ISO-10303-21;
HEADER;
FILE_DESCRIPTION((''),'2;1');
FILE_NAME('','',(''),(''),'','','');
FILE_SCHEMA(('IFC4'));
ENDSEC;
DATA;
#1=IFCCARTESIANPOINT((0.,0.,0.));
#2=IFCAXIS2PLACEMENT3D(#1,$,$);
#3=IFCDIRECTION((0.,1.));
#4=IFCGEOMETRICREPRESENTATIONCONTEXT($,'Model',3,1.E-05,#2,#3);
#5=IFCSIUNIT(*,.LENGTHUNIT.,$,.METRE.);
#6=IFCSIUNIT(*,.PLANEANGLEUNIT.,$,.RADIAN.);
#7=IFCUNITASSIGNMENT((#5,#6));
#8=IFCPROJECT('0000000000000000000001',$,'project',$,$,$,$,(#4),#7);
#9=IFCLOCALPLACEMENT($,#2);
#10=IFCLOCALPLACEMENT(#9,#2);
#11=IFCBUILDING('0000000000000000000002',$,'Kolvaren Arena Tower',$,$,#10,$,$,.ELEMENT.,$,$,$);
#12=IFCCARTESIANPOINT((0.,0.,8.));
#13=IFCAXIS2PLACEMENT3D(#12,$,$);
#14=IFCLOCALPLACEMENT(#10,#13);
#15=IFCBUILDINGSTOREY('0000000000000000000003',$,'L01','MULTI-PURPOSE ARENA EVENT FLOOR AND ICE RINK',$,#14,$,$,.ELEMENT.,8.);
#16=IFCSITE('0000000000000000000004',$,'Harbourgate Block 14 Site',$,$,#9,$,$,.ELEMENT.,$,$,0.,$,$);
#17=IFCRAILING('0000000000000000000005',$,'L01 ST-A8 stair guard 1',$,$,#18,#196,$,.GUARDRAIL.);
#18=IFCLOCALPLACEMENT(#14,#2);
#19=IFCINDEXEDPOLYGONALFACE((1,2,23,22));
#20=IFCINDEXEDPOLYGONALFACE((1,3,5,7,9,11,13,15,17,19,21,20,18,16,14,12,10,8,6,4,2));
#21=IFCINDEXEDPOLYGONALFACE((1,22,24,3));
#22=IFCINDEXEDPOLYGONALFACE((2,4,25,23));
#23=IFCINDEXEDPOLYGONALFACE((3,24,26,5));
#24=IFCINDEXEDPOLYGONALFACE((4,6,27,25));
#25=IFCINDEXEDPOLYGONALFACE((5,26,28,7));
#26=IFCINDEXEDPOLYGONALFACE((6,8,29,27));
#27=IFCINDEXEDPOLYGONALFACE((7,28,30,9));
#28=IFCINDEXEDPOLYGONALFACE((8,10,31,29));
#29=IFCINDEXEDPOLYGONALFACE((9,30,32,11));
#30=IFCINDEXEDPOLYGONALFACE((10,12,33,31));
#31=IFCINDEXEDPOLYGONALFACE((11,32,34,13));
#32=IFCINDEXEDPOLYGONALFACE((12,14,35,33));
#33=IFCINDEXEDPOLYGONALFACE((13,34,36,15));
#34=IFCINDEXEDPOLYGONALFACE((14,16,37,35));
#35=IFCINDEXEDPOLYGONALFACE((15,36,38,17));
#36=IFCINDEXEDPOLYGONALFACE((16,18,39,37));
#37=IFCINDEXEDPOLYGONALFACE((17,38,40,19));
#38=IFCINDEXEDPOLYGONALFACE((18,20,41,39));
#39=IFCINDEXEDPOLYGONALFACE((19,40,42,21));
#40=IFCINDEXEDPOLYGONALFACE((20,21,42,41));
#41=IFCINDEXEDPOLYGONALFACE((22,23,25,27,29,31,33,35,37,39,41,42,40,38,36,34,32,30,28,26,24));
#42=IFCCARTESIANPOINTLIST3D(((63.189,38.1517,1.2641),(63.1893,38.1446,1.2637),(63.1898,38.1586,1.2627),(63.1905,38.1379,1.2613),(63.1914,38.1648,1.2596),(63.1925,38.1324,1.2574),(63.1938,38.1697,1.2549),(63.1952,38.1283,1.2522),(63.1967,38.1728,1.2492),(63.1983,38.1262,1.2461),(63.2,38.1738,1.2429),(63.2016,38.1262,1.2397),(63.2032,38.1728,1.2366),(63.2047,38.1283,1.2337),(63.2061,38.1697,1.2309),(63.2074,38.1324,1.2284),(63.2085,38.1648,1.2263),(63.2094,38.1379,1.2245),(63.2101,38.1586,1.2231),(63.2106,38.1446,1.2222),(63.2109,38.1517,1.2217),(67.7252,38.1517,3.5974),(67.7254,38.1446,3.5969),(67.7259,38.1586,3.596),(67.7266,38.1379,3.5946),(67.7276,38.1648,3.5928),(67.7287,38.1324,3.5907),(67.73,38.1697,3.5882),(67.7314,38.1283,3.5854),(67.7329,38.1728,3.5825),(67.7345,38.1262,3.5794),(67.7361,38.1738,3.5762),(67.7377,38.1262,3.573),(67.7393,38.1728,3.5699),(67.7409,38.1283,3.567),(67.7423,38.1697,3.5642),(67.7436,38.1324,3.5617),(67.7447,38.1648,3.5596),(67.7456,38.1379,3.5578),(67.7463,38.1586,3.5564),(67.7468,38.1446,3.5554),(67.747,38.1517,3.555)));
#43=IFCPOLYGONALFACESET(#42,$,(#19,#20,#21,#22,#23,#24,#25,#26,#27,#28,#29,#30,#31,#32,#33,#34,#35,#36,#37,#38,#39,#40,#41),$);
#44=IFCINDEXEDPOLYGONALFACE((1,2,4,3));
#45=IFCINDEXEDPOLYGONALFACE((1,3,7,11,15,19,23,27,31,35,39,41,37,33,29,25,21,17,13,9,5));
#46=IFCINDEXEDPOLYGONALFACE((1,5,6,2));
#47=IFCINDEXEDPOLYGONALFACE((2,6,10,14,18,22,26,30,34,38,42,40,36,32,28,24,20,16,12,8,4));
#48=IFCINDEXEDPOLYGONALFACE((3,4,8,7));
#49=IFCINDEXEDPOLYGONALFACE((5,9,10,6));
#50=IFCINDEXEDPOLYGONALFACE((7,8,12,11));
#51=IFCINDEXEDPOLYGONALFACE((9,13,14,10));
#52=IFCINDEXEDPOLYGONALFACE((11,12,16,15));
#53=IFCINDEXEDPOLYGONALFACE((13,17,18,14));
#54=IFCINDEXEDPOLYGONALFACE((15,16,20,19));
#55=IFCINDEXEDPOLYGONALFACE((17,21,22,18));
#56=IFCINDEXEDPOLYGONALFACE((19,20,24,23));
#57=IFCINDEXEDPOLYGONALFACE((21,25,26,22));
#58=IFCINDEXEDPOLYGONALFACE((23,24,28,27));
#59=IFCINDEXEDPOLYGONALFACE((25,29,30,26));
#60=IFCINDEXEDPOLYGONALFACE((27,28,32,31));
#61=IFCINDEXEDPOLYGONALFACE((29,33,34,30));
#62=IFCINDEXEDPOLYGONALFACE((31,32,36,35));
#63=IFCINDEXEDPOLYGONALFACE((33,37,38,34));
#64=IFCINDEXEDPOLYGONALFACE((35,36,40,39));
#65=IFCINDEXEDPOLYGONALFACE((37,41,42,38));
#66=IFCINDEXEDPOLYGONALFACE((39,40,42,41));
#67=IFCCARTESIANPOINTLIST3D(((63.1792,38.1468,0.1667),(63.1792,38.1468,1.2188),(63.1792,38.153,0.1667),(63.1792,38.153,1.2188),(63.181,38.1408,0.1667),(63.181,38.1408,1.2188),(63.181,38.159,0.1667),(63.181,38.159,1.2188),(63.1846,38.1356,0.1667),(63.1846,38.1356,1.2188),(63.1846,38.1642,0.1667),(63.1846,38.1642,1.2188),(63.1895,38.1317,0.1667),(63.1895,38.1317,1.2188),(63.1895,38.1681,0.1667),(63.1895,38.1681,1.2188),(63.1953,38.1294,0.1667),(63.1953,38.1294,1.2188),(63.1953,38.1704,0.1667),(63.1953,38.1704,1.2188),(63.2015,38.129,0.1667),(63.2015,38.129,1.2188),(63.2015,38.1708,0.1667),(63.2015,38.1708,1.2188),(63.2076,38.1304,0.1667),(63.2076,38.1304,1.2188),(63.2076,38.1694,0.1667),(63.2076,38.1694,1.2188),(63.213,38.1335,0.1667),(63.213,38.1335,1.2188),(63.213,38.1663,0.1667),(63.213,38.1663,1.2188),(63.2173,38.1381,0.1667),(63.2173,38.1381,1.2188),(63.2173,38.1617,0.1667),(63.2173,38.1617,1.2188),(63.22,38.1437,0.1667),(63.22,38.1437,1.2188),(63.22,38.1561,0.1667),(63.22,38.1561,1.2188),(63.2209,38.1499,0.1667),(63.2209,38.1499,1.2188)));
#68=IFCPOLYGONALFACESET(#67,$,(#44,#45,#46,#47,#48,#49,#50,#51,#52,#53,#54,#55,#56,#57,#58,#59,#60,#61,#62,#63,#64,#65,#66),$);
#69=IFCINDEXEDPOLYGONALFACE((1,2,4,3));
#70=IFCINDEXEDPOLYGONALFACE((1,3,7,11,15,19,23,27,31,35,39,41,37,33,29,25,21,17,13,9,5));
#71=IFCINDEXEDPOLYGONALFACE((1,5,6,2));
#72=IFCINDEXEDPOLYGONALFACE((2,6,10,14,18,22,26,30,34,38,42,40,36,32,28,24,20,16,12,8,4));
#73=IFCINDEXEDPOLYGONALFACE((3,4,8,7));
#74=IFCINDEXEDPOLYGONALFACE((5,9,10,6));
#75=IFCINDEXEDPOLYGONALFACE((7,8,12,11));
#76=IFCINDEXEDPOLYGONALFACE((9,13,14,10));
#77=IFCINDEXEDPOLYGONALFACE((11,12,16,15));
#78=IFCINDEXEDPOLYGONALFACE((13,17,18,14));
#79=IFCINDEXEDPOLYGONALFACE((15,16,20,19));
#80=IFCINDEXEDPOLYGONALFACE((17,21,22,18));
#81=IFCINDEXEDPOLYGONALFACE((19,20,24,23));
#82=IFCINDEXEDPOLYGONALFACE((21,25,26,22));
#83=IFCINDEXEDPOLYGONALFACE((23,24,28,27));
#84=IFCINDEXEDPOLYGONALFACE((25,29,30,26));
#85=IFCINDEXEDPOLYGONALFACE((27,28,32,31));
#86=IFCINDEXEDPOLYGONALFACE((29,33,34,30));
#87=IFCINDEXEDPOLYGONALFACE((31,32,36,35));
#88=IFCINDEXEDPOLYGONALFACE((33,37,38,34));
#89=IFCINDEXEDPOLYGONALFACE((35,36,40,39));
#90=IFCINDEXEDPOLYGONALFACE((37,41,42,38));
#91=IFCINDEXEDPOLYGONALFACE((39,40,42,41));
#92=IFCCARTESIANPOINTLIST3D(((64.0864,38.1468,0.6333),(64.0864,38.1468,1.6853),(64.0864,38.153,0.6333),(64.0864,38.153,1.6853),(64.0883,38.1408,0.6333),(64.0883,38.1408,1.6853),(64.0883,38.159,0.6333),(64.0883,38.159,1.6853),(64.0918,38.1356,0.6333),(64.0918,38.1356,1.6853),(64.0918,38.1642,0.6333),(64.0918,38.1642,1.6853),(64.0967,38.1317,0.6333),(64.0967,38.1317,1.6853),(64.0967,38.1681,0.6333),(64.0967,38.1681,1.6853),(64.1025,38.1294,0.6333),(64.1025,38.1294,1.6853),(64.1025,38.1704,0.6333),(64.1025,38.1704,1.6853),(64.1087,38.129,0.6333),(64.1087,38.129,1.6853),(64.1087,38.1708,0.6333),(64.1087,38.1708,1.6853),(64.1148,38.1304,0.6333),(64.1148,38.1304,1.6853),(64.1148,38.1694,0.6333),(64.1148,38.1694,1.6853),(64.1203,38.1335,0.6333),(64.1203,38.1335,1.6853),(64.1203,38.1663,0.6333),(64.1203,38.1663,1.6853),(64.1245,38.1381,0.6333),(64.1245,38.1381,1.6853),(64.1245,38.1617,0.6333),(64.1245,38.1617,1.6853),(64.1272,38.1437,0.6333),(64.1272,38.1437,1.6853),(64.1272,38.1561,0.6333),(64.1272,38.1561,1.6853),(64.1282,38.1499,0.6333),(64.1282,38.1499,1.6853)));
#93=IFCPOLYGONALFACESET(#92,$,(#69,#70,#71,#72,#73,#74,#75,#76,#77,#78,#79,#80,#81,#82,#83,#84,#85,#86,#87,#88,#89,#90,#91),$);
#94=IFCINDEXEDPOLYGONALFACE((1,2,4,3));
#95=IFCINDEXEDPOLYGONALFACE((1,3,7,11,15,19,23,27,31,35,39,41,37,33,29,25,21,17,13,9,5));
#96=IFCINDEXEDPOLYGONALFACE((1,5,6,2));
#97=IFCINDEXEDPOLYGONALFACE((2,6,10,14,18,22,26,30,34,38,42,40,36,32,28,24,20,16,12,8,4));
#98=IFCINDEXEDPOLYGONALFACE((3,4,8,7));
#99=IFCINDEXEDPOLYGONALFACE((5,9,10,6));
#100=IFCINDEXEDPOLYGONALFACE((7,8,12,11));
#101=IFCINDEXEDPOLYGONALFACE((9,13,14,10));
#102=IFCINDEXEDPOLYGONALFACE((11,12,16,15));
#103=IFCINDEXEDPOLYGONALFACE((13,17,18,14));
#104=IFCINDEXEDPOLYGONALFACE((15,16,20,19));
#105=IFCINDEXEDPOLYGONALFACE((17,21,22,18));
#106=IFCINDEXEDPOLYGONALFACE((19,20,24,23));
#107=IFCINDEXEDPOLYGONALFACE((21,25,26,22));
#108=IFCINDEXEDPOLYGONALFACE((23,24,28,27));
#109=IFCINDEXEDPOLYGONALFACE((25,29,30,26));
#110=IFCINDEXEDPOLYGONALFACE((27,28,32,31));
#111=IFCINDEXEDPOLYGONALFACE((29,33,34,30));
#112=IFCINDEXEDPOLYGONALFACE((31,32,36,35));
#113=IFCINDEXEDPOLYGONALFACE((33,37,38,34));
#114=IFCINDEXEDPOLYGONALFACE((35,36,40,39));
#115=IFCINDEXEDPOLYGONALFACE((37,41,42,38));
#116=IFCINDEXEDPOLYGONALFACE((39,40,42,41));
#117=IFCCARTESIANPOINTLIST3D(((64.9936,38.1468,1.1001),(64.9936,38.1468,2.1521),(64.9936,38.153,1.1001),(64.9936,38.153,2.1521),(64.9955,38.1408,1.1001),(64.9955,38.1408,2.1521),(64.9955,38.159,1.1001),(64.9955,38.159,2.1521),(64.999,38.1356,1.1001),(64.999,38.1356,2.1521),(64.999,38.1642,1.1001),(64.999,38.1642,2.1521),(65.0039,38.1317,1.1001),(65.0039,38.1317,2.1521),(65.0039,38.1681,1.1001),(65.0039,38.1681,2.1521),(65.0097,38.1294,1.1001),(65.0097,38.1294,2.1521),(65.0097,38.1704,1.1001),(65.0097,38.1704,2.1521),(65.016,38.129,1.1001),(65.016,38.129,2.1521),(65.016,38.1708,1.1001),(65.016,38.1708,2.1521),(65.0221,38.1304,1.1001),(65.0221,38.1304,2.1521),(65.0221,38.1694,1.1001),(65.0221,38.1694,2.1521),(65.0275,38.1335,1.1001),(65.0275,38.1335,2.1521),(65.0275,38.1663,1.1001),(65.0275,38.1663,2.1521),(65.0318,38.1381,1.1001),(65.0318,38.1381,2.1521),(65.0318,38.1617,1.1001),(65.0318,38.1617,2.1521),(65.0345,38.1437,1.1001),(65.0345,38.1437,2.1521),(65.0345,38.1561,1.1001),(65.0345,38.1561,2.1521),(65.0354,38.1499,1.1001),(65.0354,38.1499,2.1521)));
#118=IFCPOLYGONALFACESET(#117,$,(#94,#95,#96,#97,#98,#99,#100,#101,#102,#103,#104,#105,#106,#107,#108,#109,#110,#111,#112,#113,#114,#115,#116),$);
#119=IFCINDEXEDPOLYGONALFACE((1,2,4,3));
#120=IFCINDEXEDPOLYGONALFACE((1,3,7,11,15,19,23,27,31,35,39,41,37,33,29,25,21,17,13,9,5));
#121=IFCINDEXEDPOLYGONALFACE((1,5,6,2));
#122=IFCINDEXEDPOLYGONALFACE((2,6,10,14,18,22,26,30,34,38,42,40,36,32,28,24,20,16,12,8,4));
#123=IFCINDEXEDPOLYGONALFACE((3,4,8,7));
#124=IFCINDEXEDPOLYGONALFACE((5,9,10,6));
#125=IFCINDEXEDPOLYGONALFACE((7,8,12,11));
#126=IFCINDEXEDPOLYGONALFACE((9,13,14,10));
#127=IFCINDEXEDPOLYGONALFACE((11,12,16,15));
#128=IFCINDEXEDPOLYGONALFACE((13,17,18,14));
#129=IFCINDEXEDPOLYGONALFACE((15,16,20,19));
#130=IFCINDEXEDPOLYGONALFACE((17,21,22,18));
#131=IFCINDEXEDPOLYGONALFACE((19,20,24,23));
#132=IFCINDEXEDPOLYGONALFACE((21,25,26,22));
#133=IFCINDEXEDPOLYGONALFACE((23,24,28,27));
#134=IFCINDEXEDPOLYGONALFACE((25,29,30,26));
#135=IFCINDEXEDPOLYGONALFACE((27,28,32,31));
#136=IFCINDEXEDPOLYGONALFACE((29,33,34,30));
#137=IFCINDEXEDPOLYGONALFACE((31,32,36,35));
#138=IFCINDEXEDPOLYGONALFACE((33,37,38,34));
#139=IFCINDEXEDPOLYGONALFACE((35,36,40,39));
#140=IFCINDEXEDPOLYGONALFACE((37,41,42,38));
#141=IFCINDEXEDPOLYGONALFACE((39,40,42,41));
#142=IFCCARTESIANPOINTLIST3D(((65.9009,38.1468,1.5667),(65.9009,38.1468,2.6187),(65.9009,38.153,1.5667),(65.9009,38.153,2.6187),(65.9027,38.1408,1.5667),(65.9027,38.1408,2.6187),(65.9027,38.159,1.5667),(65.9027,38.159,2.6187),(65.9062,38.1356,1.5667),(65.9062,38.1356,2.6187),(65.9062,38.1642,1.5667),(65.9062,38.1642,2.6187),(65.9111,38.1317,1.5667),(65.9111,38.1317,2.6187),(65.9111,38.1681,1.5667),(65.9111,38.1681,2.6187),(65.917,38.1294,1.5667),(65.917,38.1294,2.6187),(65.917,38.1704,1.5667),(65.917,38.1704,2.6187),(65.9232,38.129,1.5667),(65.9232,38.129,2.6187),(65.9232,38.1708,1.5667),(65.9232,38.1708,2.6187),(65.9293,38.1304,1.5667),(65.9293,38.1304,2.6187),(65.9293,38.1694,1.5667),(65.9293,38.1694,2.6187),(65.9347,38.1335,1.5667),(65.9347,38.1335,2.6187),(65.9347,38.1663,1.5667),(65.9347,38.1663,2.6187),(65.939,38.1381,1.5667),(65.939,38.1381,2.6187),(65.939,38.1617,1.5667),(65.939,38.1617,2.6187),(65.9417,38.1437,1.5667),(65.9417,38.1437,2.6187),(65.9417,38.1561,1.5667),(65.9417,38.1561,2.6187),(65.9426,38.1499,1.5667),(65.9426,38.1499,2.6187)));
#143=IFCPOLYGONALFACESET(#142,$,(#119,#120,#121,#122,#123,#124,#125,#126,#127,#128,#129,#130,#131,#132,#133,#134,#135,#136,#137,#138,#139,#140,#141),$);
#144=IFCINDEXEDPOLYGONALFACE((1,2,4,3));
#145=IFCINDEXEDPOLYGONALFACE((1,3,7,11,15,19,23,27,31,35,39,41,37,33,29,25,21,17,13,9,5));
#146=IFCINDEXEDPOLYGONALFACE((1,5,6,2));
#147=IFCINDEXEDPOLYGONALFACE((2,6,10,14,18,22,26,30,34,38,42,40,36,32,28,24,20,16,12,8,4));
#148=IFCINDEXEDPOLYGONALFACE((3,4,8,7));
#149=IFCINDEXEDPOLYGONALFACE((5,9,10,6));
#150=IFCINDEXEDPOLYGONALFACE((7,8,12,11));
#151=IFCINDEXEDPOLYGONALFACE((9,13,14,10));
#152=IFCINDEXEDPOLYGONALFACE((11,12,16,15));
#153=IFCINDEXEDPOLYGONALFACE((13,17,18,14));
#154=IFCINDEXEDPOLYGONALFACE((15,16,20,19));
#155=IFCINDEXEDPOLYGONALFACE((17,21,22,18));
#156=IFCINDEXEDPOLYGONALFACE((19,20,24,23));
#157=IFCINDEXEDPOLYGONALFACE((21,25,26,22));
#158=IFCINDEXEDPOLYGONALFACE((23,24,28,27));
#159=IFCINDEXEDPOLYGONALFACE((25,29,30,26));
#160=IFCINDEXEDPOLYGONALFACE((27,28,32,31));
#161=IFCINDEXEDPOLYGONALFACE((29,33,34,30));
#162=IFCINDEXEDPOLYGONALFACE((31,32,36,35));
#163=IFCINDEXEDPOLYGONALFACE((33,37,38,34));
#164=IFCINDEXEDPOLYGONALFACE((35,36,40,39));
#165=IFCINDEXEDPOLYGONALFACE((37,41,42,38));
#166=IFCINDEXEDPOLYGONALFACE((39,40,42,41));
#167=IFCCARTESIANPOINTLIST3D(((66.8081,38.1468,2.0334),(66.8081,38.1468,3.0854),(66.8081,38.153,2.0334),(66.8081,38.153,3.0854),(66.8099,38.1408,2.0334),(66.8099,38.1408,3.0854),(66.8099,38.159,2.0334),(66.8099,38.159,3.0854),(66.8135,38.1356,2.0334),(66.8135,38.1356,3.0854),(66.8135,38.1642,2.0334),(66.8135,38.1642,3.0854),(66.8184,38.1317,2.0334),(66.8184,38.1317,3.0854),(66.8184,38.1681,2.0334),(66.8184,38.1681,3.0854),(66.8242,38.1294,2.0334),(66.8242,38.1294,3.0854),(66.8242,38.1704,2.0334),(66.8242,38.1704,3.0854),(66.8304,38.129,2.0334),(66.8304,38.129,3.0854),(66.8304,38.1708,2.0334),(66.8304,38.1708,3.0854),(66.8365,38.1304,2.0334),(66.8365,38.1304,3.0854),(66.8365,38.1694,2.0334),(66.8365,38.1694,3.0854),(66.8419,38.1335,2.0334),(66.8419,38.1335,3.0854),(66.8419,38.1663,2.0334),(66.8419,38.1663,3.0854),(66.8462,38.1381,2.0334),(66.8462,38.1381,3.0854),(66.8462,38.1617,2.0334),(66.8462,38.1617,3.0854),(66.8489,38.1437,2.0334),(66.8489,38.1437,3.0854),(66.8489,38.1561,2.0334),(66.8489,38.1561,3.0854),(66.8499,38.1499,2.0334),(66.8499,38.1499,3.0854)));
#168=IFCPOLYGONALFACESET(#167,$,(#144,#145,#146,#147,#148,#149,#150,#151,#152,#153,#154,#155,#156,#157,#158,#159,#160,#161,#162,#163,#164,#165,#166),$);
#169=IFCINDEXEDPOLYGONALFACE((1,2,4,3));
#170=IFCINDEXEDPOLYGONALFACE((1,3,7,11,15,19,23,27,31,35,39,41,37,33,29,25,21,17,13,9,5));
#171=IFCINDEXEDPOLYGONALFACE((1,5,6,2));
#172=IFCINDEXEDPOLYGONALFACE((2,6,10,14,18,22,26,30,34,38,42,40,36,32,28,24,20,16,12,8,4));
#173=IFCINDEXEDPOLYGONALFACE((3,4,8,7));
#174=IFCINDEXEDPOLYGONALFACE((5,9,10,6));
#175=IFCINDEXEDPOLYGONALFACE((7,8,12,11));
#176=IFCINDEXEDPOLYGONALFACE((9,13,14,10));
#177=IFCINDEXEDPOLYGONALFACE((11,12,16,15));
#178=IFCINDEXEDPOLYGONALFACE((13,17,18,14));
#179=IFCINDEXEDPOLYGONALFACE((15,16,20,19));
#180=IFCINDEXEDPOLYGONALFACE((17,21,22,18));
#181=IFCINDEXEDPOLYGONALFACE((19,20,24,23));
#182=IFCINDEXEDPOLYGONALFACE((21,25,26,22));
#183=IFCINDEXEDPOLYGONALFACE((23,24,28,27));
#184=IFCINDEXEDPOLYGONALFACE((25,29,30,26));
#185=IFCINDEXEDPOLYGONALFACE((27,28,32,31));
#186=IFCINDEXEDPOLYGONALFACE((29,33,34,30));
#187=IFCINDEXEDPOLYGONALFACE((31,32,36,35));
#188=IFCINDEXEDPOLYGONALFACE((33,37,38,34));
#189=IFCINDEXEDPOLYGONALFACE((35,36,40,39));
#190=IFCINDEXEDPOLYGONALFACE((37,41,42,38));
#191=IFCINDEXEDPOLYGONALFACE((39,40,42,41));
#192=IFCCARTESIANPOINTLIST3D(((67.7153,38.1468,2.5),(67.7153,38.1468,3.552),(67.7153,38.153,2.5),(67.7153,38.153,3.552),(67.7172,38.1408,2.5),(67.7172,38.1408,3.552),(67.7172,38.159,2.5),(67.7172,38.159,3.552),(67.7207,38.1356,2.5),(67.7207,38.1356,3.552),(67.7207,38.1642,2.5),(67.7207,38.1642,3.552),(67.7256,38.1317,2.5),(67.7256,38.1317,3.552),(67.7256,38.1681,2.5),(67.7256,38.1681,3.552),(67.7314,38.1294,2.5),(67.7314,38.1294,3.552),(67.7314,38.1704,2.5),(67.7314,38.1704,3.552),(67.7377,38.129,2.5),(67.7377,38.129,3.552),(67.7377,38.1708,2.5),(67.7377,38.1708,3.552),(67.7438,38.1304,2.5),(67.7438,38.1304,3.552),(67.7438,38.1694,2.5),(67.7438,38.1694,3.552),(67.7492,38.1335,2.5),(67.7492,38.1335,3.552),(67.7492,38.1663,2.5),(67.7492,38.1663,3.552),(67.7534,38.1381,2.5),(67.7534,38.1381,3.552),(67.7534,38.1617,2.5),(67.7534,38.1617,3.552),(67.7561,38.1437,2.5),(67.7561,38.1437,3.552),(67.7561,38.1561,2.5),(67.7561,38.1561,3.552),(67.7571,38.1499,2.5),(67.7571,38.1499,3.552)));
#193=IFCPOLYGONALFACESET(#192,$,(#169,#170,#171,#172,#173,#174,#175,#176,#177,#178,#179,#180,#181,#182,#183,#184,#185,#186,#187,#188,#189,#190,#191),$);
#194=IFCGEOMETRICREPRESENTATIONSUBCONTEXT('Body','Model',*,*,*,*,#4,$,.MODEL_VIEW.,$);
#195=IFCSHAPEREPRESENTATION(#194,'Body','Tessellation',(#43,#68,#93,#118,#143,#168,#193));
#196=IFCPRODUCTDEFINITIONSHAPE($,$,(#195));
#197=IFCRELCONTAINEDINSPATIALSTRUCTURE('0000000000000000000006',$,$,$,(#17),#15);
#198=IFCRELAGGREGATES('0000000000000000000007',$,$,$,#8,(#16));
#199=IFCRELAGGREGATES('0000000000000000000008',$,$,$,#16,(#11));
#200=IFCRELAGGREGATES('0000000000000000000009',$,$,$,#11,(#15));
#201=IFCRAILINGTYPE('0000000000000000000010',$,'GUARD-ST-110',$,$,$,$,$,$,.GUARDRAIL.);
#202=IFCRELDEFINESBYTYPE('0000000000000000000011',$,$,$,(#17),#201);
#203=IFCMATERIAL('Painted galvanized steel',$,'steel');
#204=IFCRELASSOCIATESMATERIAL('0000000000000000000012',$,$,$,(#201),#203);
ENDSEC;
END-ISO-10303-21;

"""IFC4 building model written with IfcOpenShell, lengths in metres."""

from ifc_helpers import new_model, si_unit, direction, frame, origin, origin_2d, place, context, subcontext, project, spatial, circle, extrude, material, type_object, element, save


model = new_model("IFC4")

# Units and contexts
model_context = context("Model", 3, precision=1e-05, world=origin(), true_north=direction((0.0, 1.0)))
body_context = subcontext(model_context, "Body", "Model", "MODEL_VIEW")
ifc_project = project(units=[si_unit("LENGTHUNIT", "METRE"), si_unit("PLANEANGLEUNIT", "RADIAN")], contexts=[model_context])

# Site, building, storey
site_placement = place(None, origin())
site = spatial("IfcSite", under=ifc_project, at=site_placement, Name="Harbourgate Block 14 Site", CompositionType="ELEMENT", RefElevation=0.0)
building_placement = place(site_placement, origin())
building = spatial("IfcBuilding", under=site, at=building_placement, Name="Kolvaren Arena Tower", CompositionType="ELEMENT")
storey_placement = place(building_placement, frame((0.0, 0.0, 8.0)))
storey = spatial("IfcBuildingStorey", under=building, at=storey_placement, Name="L01", Description="MULTI-PURPOSE ARENA EVENT FLOOR AND ICE RINK", CompositionType="ELEMENT", Elevation=8.0)

# Railing
ifc_material_1 = material(Name="Painted galvanized steel", Category="steel")
railing_type_1 = type_object("IfcRailingType", Name="GUARD-ST-110", PredefinedType="GUARDRAIL", material=ifc_material_1)
railing_1_placement = place(storey_placement, frame((63.2, 38.1499, 0.1667)))
element("IfcRailing", 1, at=railing_1_placement, inside=storey, type_object=railing_type_1, Name="L01 ST-A8 stair guard 1", PredefinedType="GUARDRAIL", context=body_context, shape_type="SweptSolid", body=[
    extrude(circle(Radius=0.0239, at=origin_2d()), frame((0.0, 0.0, 1.0762), z_axis=(0.889257, 0.0, 0.457407), x_axis=(0.0, 1.0, 0.0)), (0.0, 0.0, 1.0), 5.1011),
    extrude(circle(Radius=0.021, at=origin_2d()), origin(), (0.0, 0.0, 1.0), 1.052),
    extrude(circle(Radius=0.021, at=origin_2d()), frame((0.9072, 0.0, 0.4666)), (0.0, 0.0, 1.0), 1.052),
    extrude(circle(Radius=0.021, at=origin_2d()), frame((1.8145, 0.0, 0.9333)), (0.0, 0.0, 1.0), 1.052),
    extrude(circle(Radius=0.021, at=origin_2d()), frame((2.7217, 0.0, 1.3999)), (0.0, 0.0, 1.0), 1.052),
    extrude(circle(Radius=0.021, at=origin_2d()), frame((3.6289, 0.0, 1.8667)), (0.0, 0.0, 1.0), 1.052),
    extrude(circle(Radius=0.021, at=origin_2d()), frame((4.5361, 0.0, 2.3333)), (0.0, 0.0, 1.0), 1.052),
])

save(model, "model.ifc")
